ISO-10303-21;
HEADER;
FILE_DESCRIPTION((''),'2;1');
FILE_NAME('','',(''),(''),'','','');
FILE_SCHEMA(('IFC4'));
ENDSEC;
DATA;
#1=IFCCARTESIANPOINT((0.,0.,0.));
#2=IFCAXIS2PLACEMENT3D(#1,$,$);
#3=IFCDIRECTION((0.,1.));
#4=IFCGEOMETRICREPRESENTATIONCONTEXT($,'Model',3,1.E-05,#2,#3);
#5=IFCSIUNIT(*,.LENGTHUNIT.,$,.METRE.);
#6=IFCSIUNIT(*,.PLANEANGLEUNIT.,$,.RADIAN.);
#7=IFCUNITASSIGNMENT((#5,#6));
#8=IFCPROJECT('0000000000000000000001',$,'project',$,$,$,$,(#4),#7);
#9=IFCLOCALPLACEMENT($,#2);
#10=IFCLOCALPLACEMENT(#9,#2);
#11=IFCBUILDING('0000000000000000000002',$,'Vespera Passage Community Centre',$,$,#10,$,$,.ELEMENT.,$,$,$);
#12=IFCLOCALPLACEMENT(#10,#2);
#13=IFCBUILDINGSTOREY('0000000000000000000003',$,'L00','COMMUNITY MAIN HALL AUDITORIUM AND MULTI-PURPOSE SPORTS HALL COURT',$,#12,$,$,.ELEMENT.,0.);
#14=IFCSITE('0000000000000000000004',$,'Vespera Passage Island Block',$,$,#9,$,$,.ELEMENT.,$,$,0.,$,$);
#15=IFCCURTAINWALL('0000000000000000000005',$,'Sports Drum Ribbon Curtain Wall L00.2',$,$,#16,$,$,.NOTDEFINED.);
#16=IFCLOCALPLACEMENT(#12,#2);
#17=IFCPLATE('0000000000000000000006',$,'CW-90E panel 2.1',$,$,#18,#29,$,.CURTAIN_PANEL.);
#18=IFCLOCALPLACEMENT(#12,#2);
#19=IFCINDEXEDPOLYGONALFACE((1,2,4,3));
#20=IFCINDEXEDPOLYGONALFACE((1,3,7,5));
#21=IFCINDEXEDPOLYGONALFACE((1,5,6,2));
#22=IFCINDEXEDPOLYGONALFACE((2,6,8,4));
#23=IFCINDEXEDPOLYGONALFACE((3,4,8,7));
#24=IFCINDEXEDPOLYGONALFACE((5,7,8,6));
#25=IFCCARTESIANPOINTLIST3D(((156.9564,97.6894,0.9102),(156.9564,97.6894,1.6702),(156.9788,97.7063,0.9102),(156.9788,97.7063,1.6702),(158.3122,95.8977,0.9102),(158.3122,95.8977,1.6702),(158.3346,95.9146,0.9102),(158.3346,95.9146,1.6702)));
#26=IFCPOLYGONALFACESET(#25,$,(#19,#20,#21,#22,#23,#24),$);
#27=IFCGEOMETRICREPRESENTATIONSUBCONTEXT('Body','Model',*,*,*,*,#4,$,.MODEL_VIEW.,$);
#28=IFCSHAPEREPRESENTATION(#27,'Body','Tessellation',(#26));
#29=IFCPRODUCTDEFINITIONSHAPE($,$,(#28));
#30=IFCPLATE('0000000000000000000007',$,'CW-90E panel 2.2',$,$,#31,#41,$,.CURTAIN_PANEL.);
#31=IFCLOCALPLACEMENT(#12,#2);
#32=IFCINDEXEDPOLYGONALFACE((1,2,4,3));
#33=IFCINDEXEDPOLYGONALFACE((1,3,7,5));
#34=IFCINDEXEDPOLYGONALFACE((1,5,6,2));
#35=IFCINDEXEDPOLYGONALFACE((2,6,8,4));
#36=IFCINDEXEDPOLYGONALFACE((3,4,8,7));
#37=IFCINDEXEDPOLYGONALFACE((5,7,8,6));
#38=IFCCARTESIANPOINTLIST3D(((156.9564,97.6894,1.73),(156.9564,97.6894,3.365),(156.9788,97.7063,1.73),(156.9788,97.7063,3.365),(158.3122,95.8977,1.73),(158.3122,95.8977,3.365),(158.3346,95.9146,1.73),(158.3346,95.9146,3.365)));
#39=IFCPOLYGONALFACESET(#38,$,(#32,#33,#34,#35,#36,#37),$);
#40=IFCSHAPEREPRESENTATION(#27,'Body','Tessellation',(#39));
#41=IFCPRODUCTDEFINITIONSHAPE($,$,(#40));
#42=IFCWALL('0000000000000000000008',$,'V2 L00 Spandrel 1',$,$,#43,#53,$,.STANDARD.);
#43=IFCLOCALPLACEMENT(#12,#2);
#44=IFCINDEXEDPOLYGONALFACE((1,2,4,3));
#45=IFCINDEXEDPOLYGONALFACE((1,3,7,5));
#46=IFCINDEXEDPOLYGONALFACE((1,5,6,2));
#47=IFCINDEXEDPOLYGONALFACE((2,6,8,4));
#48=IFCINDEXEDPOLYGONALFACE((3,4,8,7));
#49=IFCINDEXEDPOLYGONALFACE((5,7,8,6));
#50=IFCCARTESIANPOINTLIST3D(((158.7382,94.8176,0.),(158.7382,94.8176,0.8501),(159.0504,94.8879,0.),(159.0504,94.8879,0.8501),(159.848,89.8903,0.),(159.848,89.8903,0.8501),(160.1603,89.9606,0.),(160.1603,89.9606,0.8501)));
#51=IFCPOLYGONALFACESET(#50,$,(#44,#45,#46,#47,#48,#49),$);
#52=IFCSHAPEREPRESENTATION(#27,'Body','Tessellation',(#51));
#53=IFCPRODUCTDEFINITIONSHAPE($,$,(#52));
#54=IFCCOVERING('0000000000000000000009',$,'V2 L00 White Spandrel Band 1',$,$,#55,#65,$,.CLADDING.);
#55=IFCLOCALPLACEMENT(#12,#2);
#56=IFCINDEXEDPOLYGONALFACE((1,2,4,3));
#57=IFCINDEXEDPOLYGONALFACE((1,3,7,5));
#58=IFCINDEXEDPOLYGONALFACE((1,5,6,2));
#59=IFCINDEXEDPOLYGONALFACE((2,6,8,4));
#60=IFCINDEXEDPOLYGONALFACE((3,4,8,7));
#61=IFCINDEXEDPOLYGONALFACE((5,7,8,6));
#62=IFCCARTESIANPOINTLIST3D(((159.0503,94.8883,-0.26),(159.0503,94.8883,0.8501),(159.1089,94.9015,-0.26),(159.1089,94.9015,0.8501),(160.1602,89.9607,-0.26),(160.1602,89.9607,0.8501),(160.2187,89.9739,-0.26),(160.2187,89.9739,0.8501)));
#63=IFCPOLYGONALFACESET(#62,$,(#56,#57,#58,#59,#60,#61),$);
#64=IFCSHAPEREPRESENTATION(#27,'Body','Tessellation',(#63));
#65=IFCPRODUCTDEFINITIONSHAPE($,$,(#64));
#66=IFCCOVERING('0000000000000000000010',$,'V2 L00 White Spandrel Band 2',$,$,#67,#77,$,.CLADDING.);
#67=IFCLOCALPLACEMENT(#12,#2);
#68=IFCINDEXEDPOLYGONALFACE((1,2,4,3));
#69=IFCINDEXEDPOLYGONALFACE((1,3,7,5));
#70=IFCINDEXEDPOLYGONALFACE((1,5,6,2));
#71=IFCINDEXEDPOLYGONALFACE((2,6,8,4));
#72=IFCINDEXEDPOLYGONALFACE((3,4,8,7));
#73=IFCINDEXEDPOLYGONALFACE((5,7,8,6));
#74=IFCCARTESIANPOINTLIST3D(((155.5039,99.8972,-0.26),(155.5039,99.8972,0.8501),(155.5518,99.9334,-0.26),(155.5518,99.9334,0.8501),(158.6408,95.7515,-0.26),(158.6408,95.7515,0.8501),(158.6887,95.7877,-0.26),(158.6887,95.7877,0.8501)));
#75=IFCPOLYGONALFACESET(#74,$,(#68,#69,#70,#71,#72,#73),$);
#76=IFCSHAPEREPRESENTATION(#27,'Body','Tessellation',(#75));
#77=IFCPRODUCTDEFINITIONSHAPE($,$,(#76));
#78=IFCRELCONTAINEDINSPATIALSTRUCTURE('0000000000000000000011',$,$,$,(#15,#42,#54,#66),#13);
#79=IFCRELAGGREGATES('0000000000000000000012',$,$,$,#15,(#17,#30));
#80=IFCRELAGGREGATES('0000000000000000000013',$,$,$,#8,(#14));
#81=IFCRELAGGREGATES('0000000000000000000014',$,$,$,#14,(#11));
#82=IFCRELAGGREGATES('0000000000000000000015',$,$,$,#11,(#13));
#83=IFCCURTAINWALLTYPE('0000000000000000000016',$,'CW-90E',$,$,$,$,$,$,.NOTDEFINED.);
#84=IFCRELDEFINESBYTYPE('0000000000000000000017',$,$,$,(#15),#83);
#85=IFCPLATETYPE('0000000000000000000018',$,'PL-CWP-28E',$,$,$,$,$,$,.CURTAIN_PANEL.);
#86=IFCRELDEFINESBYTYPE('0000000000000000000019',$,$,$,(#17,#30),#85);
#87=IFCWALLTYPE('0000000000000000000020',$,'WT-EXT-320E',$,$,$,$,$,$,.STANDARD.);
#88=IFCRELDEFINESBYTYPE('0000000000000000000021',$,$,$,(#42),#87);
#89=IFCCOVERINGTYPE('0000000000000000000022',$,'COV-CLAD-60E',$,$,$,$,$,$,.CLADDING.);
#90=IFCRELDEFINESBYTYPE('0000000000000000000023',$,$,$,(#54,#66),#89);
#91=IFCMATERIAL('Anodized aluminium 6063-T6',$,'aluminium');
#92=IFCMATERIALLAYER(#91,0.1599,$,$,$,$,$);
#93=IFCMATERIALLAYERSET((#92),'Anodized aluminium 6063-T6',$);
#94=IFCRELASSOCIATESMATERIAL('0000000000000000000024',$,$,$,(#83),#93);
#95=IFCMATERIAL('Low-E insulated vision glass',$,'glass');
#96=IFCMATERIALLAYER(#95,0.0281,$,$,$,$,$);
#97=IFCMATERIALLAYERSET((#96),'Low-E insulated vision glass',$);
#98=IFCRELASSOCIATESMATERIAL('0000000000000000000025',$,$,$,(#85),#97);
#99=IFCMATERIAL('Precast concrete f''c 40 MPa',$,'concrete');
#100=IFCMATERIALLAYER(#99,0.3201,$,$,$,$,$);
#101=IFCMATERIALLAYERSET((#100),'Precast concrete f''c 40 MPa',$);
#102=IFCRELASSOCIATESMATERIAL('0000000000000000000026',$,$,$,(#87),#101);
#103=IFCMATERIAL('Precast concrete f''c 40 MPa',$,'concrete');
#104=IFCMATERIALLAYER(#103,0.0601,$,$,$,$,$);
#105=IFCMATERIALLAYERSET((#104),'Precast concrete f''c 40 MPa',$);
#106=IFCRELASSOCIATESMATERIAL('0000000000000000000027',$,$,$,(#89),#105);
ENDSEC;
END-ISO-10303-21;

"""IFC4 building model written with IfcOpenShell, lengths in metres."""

from ifc_helpers import new_model, si_unit, direction, frame, frame_2d, origin, origin_2d, place, context, subcontext, project, spatial, rectangle, extrude, material, layer, layer_set, type_object, element, aggregate, save


model = new_model("IFC4")

# Units and contexts
model_context = context("Model", 3, precision=1e-05, world=origin(), true_north=direction((0.0, 1.0)))
body_context = subcontext(model_context, "Body", "Model", "MODEL_VIEW")
ifc_project = project(units=[si_unit("LENGTHUNIT", "METRE"), si_unit("PLANEANGLEUNIT", "RADIAN")], contexts=[model_context])

# Site, building, storey
site_placement = place(None, origin())
site = spatial("IfcSite", under=ifc_project, at=site_placement, Name="Vespera Passage Island Block", CompositionType="ELEMENT", RefElevation=0.0)
building_placement = place(site_placement, origin())
building = spatial("IfcBuilding", under=site, at=building_placement, Name="Vespera Passage Community Centre", CompositionType="ELEMENT")
storey_placement = place(building_placement, origin())
storey = spatial("IfcBuildingStorey", under=building, at=storey_placement, Name="L00", Description="COMMUNITY MAIN HALL AUDITORIUM AND MULTI-PURPOSE SPORTS HALL COURT", CompositionType="ELEMENT", Elevation=0.0)

# Curtain wall
ifc_material_1 = material(Name="Anodized aluminium 6063-T6", Category="aluminium")
ifc_layer_1 = layer(ifc_material_1, 0.1599)
ifc_layer_set_1 = layer_set([ifc_layer_1], Name="Anodized aluminium 6063-T6")
curtain_wall_type_1 = type_object("IfcCurtainWallType", Name="CW-90E", PredefinedType="NOTDEFINED", material=ifc_layer_set_1)
curtain_wall_1_placement = place(storey_placement, origin())
curtain_wall_1 = element("IfcCurtainWall", 1, at=curtain_wall_1_placement, inside=storey, type_object=curtain_wall_type_1, Name="Sports Drum Ribbon Curtain Wall L00.2", PredefinedType="NOTDEFINED")

# Plates
ifc_material_2 = material(Name="Low-E insulated vision glass", Category="glass")
ifc_layer_2 = layer(ifc_material_2, 0.0281)
ifc_layer_set_2 = layer_set([ifc_layer_2], Name="Low-E insulated vision glass")
plate_type = type_object("IfcPlateType", Name="PL-CWP-28E", PredefinedType="CURTAIN_PANEL", material=ifc_layer_set_2)
plate_1_placement = place(storey_placement, frame((157.6455, 96.802, 0.9102), z_axis=(0.0, 0.0, 1.0), x_axis=(0.603406, -0.797434, 0.0)))
plate_1 = element("IfcPlate", 2, at=plate_1_placement, type_object=plate_type, Name="CW-90E panel 2.1", PredefinedType="CURTAIN_PANEL", context=body_context, shape_type="SweptSolid", body=[
    extrude(rectangle(XDim=2.2468, YDim=0.0281, at=origin_2d()), origin(), (0.0, 0.0, 1.0), 0.76),
])
plate_2_placement = place(storey_placement, frame((157.6455, 96.802, 1.73), z_axis=(0.0, 0.0, 1.0), x_axis=(0.603406, -0.797434, 0.0)))
plate_2 = element("IfcPlate", 3, at=plate_2_placement, type_object=plate_type, Name="CW-90E panel 2.2", PredefinedType="CURTAIN_PANEL", context=body_context, shape_type="SweptSolid", body=[
    extrude(rectangle(XDim=2.2468, YDim=0.0281, at=origin_2d()), origin(), (0.0, 0.0, 1.0), 1.635),
])
aggregate(curtain_wall_1, [plate_1, plate_2])

# Wall
ifc_material_3 = material(Name="Precast concrete f'c 40 MPa", Category="concrete")
ifc_layer_3 = layer(ifc_material_3, 0.3201)
ifc_layer_set_3 = layer_set([ifc_layer_3], Name="Precast concrete f'c 40 MPa")
wall_type = type_object("IfcWallType", Name="WT-EXT-320E", PredefinedType="STANDARD", material=ifc_layer_set_3)
wall_placement = place(storey_placement, frame((158.8943, 94.8528, 0.0), z_axis=(0.0, 0.0, 1.0), x_axis=(0.219745, -0.975557, 0.0)))
element("IfcWall", 4, at=wall_placement, inside=storey, type_object=wall_type, Name="V2 L00 Spandrel 1", PredefinedType="STANDARD", context=body_context, shape_type="SweptSolid", body=[
    extrude(rectangle(XDim=5.0508, YDim=0.3201, at=frame_2d((2.5254, 0.0))), origin(), (0.0, 0.0, 1.0), 0.8501),
])

# Coverings
ifc_material_4 = material(Name="Precast concrete f'c 40 MPa", Category="concrete")
ifc_layer_4 = layer(ifc_material_4, 0.0601)
ifc_layer_set_4 = layer_set([ifc_layer_4], Name="Precast concrete f'c 40 MPa")
covering_type = type_object("IfcCoveringType", Name="COV-CLAD-60E", PredefinedType="CLADDING", material=ifc_layer_set_4)
covering_1_placement = place(storey_placement, frame((159.0796, 94.8948, -0.26), z_axis=(0.0, 0.0, 1.0), x_axis=(0.219734, -0.97556, 0.0)))
element("IfcCovering", 5, at=covering_1_placement, inside=storey, type_object=covering_type, Name="V2 L00 White Spandrel Band 1", PredefinedType="CLADDING", context=body_context, shape_type="SweptSolid", body=[
    extrude(rectangle(XDim=5.051, YDim=0.0601, at=frame_2d((2.5254, 0.0))), origin(), (0.0, 0.0, 1.0), 1.1101),
])
covering_2_placement = place(storey_placement, frame((155.5278, 99.9153, -0.26), z_axis=(0.0, 0.0, 1.0), x_axis=(0.603398, -0.79744, 0.0)))
element("IfcCovering", 6, at=covering_2_placement, inside=storey, type_object=covering_type, Name="V2 L00 White Spandrel Band 2", PredefinedType="CLADDING", context=body_context, shape_type="SweptSolid", body=[
    extrude(rectangle(XDim=5.1987, YDim=0.0601, at=frame_2d((2.5994, 0.0))), origin(), (0.0, 0.0, 1.0), 1.1101),
])

save(model, "model.ifc")
